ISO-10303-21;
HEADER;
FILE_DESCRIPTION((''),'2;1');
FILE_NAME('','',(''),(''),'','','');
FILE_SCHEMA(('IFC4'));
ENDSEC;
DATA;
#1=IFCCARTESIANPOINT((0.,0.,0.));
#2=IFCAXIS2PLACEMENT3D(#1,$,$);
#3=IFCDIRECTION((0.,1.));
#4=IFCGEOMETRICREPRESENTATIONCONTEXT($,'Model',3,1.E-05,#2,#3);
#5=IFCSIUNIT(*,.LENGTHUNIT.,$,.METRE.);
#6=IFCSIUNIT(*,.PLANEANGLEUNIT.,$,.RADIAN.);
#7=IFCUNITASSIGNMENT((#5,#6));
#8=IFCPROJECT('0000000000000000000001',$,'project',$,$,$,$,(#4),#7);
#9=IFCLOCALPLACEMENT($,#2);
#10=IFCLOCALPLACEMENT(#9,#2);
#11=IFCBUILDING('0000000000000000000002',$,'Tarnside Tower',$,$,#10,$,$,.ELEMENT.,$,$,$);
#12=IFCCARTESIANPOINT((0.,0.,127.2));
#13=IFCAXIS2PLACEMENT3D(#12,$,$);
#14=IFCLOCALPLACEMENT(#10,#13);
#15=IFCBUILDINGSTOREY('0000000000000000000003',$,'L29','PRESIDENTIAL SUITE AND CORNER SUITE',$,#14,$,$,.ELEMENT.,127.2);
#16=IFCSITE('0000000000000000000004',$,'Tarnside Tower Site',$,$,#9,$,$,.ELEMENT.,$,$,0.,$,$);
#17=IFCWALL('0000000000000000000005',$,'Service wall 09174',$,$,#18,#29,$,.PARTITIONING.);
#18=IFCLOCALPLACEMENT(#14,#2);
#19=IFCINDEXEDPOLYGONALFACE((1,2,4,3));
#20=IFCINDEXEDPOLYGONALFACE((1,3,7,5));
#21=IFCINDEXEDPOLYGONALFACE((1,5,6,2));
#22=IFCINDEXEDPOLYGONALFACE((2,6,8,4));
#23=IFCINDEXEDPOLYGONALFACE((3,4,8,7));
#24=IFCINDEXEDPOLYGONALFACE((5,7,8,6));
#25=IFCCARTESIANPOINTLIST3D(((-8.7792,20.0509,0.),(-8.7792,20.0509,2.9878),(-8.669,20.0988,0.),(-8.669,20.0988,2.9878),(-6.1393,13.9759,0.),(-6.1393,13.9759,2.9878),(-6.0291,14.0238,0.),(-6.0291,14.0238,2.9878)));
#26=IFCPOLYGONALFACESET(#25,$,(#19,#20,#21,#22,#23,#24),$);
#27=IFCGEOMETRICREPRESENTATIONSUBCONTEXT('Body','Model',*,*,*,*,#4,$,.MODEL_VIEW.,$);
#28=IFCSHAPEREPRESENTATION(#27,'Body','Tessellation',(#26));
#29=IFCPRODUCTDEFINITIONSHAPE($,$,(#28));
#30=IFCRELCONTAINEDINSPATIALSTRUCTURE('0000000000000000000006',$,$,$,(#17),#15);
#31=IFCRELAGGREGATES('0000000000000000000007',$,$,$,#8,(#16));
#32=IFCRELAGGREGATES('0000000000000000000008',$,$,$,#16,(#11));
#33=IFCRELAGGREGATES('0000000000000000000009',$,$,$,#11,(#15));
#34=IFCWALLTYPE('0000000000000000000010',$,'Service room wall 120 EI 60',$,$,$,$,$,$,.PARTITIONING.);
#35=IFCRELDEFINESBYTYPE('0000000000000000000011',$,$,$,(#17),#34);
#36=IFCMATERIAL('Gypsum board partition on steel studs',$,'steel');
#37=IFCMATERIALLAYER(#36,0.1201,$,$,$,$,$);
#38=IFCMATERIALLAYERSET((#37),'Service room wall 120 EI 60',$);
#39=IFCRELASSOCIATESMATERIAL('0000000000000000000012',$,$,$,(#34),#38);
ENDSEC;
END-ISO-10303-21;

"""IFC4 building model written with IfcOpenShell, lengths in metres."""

from ifc_helpers import new_model, si_unit, direction, frame, frame_2d, origin, place, context, subcontext, project, spatial, rectangle, extrude, material, layer, layer_set, type_object, element, save


model = new_model("IFC4")

# Units and contexts
model_context = context("Model", 3, precision=1e-05, world=origin(), true_north=direction((0.0, 1.0)))
body_context = subcontext(model_context, "Body", "Model", "MODEL_VIEW")
ifc_project = project(units=[si_unit("LENGTHUNIT", "METRE"), si_unit("PLANEANGLEUNIT", "RADIAN")], contexts=[model_context])

# Site, building, storey
site_placement = place(None, origin())
site = spatial("IfcSite", under=ifc_project, at=site_placement, Name="Tarnside Tower Site", CompositionType="ELEMENT", RefElevation=0.0)
building_placement = place(site_placement, origin())
building = spatial("IfcBuilding", under=site, at=building_placement, Name="Tarnside Tower", CompositionType="ELEMENT")
storey_placement = place(building_placement, frame((0.0, 0.0, 127.2)))
storey = spatial("IfcBuildingStorey", under=building, at=storey_placement, Name="L29", Description="PRESIDENTIAL SUITE AND CORNER SUITE", CompositionType="ELEMENT", Elevation=127.2)

# Shared definitions
ifc_material_1 = material(Name="Gypsum board partition on steel studs", Category="steel")

# Wall
ifc_layer_1 = layer(ifc_material_1, 0.1201)
ifc_layer_set_1 = layer_set([ifc_layer_1], Name="Service room wall 120 EI 60")
wall_type_1 = type_object("IfcWallType", Name="Service room wall 120 EI 60", PredefinedType="PARTITIONING", material=ifc_layer_set_1)
wall_1_placement = place(storey_placement, frame((-8.7241, 20.075, 0.0), z_axis=(0.0, 0.0, 1.0), x_axis=(0.39855, -0.917147, 0.0)))
element("IfcWall", 1, at=wall_1_placement, inside=storey, type_object=wall_type_1, Name="Service wall 09174", PredefinedType="PARTITIONING", context=body_context, shape_type="SweptSolid", body=[
    extrude(rectangle(XDim=6.6238, YDim=0.1201, at=frame_2d((3.312, 0.0))), origin(), (0.0, 0.0, 1.0), 2.9878),
])

save(model, "model.ifc")
